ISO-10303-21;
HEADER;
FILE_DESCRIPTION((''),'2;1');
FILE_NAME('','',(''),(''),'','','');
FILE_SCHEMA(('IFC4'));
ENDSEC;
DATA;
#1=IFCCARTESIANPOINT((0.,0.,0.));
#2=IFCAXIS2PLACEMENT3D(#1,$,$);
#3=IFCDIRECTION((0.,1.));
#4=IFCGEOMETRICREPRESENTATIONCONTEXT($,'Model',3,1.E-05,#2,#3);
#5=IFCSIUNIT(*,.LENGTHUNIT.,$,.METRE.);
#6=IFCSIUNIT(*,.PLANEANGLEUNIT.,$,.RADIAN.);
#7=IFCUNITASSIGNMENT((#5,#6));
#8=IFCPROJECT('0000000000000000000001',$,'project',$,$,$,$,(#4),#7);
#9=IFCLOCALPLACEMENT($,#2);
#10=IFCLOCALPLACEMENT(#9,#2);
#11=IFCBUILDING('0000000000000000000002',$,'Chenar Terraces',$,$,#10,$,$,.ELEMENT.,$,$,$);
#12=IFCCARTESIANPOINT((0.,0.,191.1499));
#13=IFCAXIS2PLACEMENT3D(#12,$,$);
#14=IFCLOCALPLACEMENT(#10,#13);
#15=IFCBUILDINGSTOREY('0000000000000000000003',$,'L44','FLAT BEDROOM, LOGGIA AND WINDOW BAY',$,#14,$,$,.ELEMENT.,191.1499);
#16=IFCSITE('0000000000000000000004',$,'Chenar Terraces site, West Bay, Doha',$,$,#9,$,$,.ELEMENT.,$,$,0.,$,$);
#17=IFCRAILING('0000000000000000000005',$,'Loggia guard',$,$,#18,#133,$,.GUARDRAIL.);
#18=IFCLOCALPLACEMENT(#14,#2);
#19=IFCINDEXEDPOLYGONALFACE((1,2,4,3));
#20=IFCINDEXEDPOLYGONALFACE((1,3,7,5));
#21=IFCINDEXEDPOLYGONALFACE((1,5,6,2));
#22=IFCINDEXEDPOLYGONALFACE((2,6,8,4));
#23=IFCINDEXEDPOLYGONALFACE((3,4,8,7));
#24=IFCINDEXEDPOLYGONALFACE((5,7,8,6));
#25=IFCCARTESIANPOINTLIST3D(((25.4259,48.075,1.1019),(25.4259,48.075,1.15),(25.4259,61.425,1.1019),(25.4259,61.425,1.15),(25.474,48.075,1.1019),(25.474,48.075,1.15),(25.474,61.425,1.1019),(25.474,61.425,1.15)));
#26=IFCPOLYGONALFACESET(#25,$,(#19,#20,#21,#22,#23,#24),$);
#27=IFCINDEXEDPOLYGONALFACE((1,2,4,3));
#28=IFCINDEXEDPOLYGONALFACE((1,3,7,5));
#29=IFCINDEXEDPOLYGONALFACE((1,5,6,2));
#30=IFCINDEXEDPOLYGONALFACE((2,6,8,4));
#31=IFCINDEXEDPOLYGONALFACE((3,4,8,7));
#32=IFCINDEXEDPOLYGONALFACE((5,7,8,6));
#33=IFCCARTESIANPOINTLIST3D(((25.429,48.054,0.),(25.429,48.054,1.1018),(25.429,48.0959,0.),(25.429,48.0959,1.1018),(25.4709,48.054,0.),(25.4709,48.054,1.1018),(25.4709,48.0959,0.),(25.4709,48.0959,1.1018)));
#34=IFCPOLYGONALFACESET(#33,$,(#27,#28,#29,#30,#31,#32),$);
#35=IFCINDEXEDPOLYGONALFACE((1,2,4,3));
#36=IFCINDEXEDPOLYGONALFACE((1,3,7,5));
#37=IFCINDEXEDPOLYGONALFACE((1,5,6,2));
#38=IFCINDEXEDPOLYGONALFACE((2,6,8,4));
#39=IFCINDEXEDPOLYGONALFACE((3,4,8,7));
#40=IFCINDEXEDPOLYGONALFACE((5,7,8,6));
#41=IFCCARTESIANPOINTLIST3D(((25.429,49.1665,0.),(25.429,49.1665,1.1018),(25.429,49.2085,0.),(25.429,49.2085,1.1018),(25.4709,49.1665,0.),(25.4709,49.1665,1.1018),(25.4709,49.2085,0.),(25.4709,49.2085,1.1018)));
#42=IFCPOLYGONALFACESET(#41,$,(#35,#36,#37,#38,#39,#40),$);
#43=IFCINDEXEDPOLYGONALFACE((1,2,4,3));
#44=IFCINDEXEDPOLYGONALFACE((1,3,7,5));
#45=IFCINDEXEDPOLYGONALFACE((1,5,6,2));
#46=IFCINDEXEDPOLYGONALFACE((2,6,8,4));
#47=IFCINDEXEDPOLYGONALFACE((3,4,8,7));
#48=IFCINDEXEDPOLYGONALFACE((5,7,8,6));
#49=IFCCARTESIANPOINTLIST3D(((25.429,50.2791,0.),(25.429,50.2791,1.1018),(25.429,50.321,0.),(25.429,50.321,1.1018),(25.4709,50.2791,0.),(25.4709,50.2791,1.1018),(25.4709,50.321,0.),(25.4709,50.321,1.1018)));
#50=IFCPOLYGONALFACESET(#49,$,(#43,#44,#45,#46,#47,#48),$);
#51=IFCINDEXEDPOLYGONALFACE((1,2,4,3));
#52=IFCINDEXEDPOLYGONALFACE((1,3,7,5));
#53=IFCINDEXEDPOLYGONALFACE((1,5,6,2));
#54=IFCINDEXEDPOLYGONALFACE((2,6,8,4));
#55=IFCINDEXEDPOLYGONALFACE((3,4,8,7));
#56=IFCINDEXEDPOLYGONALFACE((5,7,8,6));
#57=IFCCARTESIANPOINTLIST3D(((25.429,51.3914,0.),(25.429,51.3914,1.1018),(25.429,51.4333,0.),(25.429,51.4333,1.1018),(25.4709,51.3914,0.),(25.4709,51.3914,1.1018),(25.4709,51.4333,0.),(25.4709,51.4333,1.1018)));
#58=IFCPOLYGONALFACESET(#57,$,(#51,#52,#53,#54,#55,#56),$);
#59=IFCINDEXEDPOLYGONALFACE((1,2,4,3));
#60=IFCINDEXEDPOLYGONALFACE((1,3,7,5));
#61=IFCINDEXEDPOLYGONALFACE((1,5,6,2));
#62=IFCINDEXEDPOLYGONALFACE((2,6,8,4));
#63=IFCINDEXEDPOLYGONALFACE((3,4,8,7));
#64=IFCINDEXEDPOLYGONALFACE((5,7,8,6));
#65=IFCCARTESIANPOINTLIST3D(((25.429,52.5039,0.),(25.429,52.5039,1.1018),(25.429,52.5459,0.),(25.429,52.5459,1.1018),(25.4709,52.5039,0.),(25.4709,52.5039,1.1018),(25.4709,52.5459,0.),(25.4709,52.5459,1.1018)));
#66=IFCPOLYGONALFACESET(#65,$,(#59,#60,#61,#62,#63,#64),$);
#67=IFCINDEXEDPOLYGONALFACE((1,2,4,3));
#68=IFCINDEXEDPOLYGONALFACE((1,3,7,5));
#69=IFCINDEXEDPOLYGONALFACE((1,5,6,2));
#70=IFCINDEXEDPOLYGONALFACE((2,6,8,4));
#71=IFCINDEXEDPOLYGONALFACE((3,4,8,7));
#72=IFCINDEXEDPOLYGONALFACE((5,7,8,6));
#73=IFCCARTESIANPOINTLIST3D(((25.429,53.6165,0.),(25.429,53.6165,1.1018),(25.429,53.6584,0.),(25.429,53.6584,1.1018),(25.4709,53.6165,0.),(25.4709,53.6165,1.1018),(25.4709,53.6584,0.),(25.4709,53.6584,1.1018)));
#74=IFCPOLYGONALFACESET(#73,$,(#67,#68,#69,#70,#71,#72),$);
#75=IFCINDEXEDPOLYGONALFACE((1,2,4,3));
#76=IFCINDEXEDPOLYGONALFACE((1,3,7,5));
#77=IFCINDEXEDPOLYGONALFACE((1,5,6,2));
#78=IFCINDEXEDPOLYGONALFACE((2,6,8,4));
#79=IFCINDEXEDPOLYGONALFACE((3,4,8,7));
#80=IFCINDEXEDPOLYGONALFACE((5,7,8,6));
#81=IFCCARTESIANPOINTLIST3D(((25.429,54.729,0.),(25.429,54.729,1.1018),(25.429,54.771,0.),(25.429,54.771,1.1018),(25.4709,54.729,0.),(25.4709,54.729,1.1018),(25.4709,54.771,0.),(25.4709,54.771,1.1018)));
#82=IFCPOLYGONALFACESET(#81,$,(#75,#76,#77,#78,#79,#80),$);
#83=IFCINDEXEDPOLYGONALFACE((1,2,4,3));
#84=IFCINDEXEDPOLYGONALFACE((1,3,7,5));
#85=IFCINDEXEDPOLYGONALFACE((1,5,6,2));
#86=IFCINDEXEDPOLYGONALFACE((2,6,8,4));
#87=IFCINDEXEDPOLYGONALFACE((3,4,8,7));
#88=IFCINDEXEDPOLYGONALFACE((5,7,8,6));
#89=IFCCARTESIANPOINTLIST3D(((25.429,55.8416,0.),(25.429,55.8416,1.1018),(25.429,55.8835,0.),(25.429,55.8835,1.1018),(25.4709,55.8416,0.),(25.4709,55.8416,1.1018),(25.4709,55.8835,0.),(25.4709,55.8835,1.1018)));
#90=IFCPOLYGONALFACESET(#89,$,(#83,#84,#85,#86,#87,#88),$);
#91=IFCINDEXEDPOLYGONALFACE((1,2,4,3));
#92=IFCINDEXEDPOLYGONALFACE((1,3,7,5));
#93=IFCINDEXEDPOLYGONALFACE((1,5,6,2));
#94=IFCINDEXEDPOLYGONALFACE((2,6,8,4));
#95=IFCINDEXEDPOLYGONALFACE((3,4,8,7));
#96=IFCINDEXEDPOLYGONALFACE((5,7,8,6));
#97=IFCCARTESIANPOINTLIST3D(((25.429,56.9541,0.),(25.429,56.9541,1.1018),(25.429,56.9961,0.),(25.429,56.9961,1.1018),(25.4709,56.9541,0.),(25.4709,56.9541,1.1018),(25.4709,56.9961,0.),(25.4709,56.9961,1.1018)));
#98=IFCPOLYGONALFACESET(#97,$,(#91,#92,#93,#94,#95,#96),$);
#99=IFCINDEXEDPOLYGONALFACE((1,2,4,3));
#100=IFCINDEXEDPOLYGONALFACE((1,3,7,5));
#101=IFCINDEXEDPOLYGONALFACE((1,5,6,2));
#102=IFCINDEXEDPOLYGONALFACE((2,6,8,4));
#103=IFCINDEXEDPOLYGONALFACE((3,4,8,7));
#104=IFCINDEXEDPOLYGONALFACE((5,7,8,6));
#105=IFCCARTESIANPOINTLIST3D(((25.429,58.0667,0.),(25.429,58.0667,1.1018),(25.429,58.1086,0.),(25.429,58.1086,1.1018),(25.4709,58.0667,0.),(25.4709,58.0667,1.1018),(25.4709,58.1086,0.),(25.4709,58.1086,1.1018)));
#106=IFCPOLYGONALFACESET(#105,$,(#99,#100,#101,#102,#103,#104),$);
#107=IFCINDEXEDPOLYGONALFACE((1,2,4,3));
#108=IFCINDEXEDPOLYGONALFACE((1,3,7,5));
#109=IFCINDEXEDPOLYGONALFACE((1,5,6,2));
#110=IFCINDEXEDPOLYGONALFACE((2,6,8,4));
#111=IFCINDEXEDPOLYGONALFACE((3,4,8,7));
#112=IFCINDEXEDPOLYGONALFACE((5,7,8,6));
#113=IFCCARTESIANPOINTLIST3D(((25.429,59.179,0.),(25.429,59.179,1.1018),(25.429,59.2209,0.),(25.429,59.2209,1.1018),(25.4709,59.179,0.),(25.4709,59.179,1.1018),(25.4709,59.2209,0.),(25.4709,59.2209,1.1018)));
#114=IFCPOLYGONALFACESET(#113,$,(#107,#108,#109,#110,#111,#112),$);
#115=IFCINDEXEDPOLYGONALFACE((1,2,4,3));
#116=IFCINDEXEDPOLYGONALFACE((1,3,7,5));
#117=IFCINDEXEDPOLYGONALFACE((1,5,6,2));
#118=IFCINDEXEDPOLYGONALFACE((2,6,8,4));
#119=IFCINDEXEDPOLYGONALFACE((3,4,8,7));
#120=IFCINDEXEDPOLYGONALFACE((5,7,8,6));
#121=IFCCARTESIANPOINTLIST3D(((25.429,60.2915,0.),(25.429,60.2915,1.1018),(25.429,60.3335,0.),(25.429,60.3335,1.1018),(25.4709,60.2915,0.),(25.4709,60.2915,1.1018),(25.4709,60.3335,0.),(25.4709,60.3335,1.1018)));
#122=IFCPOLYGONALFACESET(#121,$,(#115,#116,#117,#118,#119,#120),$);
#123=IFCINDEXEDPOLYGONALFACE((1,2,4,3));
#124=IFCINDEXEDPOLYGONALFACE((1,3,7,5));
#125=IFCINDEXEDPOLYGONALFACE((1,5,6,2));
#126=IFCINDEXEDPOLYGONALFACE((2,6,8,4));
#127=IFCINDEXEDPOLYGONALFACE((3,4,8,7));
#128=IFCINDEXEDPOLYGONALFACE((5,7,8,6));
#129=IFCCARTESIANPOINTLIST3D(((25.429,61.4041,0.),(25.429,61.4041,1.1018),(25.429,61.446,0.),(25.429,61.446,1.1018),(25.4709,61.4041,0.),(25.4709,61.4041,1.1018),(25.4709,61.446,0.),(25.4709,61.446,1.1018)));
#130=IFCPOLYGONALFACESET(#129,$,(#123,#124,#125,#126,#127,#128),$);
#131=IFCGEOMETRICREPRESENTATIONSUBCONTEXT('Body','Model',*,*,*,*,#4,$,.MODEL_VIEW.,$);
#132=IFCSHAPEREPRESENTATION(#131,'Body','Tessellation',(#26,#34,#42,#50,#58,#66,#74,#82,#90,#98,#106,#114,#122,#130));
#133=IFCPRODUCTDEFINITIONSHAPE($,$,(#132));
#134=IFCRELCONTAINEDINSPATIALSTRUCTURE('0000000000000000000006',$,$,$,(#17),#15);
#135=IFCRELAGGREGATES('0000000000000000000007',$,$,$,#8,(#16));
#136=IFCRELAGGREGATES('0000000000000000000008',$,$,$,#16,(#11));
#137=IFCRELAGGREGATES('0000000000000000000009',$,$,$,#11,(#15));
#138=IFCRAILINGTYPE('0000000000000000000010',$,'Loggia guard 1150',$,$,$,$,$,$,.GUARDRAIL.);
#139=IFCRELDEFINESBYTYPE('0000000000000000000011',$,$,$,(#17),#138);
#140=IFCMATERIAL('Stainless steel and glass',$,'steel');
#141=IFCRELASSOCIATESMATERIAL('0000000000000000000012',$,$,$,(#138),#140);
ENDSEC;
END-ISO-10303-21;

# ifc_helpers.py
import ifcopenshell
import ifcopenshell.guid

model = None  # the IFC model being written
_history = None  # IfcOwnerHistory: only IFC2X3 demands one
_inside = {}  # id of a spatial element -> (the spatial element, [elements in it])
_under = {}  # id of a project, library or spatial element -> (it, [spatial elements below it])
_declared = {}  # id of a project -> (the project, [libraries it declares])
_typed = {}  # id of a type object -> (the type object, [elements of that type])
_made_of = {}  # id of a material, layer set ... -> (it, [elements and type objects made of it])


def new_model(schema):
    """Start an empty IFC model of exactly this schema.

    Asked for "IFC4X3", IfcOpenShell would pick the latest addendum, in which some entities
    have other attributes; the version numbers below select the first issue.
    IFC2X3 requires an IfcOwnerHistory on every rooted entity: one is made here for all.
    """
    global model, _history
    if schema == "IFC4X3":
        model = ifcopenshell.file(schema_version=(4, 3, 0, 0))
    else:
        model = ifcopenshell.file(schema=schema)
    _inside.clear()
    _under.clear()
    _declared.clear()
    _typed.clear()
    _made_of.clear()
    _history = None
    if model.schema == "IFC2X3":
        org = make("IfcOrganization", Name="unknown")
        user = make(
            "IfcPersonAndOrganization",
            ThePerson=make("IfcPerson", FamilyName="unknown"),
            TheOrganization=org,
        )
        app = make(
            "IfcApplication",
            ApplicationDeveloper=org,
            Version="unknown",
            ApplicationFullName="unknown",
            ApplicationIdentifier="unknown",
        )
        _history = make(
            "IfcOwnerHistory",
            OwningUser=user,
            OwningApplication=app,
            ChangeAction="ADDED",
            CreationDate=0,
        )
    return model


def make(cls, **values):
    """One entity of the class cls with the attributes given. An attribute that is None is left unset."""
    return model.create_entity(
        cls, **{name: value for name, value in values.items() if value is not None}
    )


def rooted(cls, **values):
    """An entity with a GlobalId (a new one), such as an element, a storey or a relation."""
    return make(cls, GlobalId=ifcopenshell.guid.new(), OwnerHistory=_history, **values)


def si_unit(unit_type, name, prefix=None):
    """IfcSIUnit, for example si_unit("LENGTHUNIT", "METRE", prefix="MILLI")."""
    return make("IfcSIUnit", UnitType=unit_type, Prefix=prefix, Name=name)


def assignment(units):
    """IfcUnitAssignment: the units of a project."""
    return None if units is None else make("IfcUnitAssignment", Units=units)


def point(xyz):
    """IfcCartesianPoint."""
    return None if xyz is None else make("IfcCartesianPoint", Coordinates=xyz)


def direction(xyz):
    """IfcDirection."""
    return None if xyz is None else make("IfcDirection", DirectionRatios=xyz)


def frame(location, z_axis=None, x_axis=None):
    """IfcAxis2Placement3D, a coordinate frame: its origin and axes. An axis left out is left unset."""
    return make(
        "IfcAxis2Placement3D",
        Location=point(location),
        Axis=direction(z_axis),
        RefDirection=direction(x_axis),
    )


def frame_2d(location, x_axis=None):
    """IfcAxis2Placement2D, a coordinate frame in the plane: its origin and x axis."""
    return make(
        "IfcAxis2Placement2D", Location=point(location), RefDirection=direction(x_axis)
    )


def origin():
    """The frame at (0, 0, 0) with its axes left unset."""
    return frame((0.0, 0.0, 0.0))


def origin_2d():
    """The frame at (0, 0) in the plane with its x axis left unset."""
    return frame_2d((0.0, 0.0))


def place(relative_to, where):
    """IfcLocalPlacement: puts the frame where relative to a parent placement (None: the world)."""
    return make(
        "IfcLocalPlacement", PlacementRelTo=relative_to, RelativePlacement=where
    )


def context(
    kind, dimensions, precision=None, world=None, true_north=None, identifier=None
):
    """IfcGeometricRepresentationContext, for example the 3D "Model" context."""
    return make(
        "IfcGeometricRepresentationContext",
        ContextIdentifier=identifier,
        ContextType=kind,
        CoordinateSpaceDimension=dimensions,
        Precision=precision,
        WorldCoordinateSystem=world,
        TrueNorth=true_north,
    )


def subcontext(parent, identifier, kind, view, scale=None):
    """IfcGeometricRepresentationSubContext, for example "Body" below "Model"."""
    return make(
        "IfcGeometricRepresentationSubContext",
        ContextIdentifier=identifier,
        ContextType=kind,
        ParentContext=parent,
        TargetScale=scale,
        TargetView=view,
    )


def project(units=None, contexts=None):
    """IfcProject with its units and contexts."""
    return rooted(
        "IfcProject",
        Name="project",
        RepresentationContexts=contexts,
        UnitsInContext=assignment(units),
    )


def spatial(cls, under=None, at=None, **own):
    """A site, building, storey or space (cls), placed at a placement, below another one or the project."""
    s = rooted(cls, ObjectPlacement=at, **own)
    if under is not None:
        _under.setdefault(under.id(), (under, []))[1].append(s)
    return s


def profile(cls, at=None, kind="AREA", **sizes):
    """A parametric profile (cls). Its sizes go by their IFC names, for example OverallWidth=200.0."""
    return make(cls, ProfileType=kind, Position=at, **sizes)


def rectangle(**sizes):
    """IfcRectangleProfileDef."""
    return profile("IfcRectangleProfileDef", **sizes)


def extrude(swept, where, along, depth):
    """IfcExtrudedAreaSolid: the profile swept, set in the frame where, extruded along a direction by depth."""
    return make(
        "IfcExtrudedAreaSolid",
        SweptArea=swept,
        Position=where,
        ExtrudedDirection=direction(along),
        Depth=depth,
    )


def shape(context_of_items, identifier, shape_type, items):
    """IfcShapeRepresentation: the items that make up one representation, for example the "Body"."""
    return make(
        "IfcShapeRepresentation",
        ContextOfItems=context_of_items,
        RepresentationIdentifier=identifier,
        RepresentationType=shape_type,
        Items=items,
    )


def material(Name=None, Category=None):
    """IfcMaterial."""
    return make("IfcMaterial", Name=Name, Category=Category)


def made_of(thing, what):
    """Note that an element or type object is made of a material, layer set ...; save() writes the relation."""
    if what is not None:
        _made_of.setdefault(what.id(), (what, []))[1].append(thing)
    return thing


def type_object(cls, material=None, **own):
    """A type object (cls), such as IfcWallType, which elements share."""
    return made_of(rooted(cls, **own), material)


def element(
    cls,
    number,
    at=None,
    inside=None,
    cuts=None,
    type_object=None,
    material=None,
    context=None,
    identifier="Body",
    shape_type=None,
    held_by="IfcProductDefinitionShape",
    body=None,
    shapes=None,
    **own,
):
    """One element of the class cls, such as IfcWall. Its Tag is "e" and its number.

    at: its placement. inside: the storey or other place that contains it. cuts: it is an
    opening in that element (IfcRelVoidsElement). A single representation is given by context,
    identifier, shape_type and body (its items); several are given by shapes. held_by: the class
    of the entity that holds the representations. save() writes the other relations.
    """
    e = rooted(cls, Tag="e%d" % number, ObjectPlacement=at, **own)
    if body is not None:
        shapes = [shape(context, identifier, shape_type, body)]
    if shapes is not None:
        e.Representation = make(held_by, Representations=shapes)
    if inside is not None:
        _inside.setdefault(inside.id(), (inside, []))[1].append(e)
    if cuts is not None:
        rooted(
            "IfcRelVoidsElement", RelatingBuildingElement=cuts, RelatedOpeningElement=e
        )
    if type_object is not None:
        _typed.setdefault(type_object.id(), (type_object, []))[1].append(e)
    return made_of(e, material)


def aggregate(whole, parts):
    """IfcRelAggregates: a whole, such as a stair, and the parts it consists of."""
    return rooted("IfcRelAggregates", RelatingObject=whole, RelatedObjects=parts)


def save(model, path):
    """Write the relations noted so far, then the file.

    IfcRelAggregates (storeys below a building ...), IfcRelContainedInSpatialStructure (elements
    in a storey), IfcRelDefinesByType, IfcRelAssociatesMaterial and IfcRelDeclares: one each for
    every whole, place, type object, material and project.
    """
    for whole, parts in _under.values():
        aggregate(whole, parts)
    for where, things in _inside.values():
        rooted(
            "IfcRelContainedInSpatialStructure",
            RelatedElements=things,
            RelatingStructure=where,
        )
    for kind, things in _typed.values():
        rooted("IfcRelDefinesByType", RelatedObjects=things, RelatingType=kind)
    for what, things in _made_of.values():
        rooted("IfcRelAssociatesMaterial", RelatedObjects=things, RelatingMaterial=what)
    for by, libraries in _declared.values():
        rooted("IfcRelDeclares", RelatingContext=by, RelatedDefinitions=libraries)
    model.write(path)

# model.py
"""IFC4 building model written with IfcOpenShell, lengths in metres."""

from ifc_helpers import new_model, si_unit, direction, frame, origin, origin_2d, place, context, subcontext, project, spatial, rectangle, extrude, material, type_object, element, save


model = new_model("IFC4")

# Units and contexts
model_context = context("Model", 3, precision=1e-05, world=origin(), true_north=direction((0.0, 1.0)))
body_context = subcontext(model_context, "Body", "Model", "MODEL_VIEW")
ifc_project = project(units=[si_unit("LENGTHUNIT", "METRE"), si_unit("PLANEANGLEUNIT", "RADIAN")], contexts=[model_context])

# Site, building, storey
site_placement = place(None, origin())
site = spatial("IfcSite", under=ifc_project, at=site_placement, Name="Chenar Terraces site, West Bay, Doha", CompositionType="ELEMENT", RefElevation=0.0)
building_placement = place(site_placement, origin())
building = spatial("IfcBuilding", under=site, at=building_placement, Name="Chenar Terraces", CompositionType="ELEMENT")
storey_placement = place(building_placement, frame((0.0, 0.0, 191.1499)))
storey = spatial("IfcBuildingStorey", under=building, at=storey_placement, Name="L44", Description="FLAT BEDROOM, LOGGIA AND WINDOW BAY", CompositionType="ELEMENT", Elevation=191.1499)

# Railing
ifc_material_1 = material(Name="Stainless steel and glass", Category="steel")
railing_type_1 = type_object("IfcRailingType", Name="Loggia guard 1150", PredefinedType="GUARDRAIL", material=ifc_material_1)
railing_1_placement = place(storey_placement, frame((25.45, 48.075, 0.0)))
element("IfcRailing", 1, at=railing_1_placement, inside=storey, type_object=railing_type_1, Name="Loggia guard", PredefinedType="GUARDRAIL", context=body_context, shape_type="SweptSolid", body=[
    extrude(rectangle(XDim=0.0481, YDim=0.0481, at=origin_2d()), frame((0.0, 0.0, 1.126), z_axis=(0.0, 1.0, 0.0), x_axis=(-1.0, 0.0, 0.0)), (0.0, 0.0, 1.0), 13.3501),
    extrude(rectangle(XDim=0.042, YDim=0.042, at=origin_2d()), origin(), (0.0, 0.0, 1.0), 1.1018),
    extrude(rectangle(XDim=0.042, YDim=0.042, at=origin_2d()), frame((0.0, 1.1125, 0.0)), (0.0, 0.0, 1.0), 1.1018),
    extrude(rectangle(XDim=0.042, YDim=0.042, at=origin_2d()), frame((0.0, 2.2251, 0.0)), (0.0, 0.0, 1.0), 1.1018),
    extrude(rectangle(XDim=0.042, YDim=0.042, at=origin_2d()), frame((0.0, 3.3374, 0.0)), (0.0, 0.0, 1.0), 1.1018),
    extrude(rectangle(XDim=0.042, YDim=0.042, at=origin_2d()), frame((0.0, 4.45, 0.0)), (0.0, 0.0, 1.0), 1.1018),
    extrude(rectangle(XDim=0.042, YDim=0.042, at=origin_2d()), frame((0.0, 5.5625, 0.0)), (0.0, 0.0, 1.0), 1.1018),
    extrude(rectangle(XDim=0.042, YDim=0.042, at=origin_2d()), frame((0.0, 6.675, 0.0)), (0.0, 0.0, 1.0), 1.1018),
    extrude(rectangle(XDim=0.042, YDim=0.042, at=origin_2d()), frame((0.0, 7.7876, 0.0)), (0.0, 0.0, 1.0), 1.1018),
    extrude(rectangle(XDim=0.042, YDim=0.042, at=origin_2d()), frame((0.0, 8.9001, 0.0)), (0.0, 0.0, 1.0), 1.1018),
    extrude(rectangle(XDim=0.042, YDim=0.042, at=origin_2d()), frame((0.0, 10.0127, 0.0)), (0.0, 0.0, 1.0), 1.1018),
    extrude(rectangle(XDim=0.042, YDim=0.042, at=origin_2d()), frame((0.0, 11.125, 0.0)), (0.0, 0.0, 1.0), 1.1018),
    extrude(rectangle(XDim=0.042, YDim=0.042, at=origin_2d()), frame((0.0, 12.2375, 0.0)), (0.0, 0.0, 1.0), 1.1018),
    extrude(rectangle(XDim=0.042, YDim=0.042, at=origin_2d()), frame((0.0, 13.3501, 0.0)), (0.0, 0.0, 1.0), 1.1018),
])

save(model, "model.ifc")
